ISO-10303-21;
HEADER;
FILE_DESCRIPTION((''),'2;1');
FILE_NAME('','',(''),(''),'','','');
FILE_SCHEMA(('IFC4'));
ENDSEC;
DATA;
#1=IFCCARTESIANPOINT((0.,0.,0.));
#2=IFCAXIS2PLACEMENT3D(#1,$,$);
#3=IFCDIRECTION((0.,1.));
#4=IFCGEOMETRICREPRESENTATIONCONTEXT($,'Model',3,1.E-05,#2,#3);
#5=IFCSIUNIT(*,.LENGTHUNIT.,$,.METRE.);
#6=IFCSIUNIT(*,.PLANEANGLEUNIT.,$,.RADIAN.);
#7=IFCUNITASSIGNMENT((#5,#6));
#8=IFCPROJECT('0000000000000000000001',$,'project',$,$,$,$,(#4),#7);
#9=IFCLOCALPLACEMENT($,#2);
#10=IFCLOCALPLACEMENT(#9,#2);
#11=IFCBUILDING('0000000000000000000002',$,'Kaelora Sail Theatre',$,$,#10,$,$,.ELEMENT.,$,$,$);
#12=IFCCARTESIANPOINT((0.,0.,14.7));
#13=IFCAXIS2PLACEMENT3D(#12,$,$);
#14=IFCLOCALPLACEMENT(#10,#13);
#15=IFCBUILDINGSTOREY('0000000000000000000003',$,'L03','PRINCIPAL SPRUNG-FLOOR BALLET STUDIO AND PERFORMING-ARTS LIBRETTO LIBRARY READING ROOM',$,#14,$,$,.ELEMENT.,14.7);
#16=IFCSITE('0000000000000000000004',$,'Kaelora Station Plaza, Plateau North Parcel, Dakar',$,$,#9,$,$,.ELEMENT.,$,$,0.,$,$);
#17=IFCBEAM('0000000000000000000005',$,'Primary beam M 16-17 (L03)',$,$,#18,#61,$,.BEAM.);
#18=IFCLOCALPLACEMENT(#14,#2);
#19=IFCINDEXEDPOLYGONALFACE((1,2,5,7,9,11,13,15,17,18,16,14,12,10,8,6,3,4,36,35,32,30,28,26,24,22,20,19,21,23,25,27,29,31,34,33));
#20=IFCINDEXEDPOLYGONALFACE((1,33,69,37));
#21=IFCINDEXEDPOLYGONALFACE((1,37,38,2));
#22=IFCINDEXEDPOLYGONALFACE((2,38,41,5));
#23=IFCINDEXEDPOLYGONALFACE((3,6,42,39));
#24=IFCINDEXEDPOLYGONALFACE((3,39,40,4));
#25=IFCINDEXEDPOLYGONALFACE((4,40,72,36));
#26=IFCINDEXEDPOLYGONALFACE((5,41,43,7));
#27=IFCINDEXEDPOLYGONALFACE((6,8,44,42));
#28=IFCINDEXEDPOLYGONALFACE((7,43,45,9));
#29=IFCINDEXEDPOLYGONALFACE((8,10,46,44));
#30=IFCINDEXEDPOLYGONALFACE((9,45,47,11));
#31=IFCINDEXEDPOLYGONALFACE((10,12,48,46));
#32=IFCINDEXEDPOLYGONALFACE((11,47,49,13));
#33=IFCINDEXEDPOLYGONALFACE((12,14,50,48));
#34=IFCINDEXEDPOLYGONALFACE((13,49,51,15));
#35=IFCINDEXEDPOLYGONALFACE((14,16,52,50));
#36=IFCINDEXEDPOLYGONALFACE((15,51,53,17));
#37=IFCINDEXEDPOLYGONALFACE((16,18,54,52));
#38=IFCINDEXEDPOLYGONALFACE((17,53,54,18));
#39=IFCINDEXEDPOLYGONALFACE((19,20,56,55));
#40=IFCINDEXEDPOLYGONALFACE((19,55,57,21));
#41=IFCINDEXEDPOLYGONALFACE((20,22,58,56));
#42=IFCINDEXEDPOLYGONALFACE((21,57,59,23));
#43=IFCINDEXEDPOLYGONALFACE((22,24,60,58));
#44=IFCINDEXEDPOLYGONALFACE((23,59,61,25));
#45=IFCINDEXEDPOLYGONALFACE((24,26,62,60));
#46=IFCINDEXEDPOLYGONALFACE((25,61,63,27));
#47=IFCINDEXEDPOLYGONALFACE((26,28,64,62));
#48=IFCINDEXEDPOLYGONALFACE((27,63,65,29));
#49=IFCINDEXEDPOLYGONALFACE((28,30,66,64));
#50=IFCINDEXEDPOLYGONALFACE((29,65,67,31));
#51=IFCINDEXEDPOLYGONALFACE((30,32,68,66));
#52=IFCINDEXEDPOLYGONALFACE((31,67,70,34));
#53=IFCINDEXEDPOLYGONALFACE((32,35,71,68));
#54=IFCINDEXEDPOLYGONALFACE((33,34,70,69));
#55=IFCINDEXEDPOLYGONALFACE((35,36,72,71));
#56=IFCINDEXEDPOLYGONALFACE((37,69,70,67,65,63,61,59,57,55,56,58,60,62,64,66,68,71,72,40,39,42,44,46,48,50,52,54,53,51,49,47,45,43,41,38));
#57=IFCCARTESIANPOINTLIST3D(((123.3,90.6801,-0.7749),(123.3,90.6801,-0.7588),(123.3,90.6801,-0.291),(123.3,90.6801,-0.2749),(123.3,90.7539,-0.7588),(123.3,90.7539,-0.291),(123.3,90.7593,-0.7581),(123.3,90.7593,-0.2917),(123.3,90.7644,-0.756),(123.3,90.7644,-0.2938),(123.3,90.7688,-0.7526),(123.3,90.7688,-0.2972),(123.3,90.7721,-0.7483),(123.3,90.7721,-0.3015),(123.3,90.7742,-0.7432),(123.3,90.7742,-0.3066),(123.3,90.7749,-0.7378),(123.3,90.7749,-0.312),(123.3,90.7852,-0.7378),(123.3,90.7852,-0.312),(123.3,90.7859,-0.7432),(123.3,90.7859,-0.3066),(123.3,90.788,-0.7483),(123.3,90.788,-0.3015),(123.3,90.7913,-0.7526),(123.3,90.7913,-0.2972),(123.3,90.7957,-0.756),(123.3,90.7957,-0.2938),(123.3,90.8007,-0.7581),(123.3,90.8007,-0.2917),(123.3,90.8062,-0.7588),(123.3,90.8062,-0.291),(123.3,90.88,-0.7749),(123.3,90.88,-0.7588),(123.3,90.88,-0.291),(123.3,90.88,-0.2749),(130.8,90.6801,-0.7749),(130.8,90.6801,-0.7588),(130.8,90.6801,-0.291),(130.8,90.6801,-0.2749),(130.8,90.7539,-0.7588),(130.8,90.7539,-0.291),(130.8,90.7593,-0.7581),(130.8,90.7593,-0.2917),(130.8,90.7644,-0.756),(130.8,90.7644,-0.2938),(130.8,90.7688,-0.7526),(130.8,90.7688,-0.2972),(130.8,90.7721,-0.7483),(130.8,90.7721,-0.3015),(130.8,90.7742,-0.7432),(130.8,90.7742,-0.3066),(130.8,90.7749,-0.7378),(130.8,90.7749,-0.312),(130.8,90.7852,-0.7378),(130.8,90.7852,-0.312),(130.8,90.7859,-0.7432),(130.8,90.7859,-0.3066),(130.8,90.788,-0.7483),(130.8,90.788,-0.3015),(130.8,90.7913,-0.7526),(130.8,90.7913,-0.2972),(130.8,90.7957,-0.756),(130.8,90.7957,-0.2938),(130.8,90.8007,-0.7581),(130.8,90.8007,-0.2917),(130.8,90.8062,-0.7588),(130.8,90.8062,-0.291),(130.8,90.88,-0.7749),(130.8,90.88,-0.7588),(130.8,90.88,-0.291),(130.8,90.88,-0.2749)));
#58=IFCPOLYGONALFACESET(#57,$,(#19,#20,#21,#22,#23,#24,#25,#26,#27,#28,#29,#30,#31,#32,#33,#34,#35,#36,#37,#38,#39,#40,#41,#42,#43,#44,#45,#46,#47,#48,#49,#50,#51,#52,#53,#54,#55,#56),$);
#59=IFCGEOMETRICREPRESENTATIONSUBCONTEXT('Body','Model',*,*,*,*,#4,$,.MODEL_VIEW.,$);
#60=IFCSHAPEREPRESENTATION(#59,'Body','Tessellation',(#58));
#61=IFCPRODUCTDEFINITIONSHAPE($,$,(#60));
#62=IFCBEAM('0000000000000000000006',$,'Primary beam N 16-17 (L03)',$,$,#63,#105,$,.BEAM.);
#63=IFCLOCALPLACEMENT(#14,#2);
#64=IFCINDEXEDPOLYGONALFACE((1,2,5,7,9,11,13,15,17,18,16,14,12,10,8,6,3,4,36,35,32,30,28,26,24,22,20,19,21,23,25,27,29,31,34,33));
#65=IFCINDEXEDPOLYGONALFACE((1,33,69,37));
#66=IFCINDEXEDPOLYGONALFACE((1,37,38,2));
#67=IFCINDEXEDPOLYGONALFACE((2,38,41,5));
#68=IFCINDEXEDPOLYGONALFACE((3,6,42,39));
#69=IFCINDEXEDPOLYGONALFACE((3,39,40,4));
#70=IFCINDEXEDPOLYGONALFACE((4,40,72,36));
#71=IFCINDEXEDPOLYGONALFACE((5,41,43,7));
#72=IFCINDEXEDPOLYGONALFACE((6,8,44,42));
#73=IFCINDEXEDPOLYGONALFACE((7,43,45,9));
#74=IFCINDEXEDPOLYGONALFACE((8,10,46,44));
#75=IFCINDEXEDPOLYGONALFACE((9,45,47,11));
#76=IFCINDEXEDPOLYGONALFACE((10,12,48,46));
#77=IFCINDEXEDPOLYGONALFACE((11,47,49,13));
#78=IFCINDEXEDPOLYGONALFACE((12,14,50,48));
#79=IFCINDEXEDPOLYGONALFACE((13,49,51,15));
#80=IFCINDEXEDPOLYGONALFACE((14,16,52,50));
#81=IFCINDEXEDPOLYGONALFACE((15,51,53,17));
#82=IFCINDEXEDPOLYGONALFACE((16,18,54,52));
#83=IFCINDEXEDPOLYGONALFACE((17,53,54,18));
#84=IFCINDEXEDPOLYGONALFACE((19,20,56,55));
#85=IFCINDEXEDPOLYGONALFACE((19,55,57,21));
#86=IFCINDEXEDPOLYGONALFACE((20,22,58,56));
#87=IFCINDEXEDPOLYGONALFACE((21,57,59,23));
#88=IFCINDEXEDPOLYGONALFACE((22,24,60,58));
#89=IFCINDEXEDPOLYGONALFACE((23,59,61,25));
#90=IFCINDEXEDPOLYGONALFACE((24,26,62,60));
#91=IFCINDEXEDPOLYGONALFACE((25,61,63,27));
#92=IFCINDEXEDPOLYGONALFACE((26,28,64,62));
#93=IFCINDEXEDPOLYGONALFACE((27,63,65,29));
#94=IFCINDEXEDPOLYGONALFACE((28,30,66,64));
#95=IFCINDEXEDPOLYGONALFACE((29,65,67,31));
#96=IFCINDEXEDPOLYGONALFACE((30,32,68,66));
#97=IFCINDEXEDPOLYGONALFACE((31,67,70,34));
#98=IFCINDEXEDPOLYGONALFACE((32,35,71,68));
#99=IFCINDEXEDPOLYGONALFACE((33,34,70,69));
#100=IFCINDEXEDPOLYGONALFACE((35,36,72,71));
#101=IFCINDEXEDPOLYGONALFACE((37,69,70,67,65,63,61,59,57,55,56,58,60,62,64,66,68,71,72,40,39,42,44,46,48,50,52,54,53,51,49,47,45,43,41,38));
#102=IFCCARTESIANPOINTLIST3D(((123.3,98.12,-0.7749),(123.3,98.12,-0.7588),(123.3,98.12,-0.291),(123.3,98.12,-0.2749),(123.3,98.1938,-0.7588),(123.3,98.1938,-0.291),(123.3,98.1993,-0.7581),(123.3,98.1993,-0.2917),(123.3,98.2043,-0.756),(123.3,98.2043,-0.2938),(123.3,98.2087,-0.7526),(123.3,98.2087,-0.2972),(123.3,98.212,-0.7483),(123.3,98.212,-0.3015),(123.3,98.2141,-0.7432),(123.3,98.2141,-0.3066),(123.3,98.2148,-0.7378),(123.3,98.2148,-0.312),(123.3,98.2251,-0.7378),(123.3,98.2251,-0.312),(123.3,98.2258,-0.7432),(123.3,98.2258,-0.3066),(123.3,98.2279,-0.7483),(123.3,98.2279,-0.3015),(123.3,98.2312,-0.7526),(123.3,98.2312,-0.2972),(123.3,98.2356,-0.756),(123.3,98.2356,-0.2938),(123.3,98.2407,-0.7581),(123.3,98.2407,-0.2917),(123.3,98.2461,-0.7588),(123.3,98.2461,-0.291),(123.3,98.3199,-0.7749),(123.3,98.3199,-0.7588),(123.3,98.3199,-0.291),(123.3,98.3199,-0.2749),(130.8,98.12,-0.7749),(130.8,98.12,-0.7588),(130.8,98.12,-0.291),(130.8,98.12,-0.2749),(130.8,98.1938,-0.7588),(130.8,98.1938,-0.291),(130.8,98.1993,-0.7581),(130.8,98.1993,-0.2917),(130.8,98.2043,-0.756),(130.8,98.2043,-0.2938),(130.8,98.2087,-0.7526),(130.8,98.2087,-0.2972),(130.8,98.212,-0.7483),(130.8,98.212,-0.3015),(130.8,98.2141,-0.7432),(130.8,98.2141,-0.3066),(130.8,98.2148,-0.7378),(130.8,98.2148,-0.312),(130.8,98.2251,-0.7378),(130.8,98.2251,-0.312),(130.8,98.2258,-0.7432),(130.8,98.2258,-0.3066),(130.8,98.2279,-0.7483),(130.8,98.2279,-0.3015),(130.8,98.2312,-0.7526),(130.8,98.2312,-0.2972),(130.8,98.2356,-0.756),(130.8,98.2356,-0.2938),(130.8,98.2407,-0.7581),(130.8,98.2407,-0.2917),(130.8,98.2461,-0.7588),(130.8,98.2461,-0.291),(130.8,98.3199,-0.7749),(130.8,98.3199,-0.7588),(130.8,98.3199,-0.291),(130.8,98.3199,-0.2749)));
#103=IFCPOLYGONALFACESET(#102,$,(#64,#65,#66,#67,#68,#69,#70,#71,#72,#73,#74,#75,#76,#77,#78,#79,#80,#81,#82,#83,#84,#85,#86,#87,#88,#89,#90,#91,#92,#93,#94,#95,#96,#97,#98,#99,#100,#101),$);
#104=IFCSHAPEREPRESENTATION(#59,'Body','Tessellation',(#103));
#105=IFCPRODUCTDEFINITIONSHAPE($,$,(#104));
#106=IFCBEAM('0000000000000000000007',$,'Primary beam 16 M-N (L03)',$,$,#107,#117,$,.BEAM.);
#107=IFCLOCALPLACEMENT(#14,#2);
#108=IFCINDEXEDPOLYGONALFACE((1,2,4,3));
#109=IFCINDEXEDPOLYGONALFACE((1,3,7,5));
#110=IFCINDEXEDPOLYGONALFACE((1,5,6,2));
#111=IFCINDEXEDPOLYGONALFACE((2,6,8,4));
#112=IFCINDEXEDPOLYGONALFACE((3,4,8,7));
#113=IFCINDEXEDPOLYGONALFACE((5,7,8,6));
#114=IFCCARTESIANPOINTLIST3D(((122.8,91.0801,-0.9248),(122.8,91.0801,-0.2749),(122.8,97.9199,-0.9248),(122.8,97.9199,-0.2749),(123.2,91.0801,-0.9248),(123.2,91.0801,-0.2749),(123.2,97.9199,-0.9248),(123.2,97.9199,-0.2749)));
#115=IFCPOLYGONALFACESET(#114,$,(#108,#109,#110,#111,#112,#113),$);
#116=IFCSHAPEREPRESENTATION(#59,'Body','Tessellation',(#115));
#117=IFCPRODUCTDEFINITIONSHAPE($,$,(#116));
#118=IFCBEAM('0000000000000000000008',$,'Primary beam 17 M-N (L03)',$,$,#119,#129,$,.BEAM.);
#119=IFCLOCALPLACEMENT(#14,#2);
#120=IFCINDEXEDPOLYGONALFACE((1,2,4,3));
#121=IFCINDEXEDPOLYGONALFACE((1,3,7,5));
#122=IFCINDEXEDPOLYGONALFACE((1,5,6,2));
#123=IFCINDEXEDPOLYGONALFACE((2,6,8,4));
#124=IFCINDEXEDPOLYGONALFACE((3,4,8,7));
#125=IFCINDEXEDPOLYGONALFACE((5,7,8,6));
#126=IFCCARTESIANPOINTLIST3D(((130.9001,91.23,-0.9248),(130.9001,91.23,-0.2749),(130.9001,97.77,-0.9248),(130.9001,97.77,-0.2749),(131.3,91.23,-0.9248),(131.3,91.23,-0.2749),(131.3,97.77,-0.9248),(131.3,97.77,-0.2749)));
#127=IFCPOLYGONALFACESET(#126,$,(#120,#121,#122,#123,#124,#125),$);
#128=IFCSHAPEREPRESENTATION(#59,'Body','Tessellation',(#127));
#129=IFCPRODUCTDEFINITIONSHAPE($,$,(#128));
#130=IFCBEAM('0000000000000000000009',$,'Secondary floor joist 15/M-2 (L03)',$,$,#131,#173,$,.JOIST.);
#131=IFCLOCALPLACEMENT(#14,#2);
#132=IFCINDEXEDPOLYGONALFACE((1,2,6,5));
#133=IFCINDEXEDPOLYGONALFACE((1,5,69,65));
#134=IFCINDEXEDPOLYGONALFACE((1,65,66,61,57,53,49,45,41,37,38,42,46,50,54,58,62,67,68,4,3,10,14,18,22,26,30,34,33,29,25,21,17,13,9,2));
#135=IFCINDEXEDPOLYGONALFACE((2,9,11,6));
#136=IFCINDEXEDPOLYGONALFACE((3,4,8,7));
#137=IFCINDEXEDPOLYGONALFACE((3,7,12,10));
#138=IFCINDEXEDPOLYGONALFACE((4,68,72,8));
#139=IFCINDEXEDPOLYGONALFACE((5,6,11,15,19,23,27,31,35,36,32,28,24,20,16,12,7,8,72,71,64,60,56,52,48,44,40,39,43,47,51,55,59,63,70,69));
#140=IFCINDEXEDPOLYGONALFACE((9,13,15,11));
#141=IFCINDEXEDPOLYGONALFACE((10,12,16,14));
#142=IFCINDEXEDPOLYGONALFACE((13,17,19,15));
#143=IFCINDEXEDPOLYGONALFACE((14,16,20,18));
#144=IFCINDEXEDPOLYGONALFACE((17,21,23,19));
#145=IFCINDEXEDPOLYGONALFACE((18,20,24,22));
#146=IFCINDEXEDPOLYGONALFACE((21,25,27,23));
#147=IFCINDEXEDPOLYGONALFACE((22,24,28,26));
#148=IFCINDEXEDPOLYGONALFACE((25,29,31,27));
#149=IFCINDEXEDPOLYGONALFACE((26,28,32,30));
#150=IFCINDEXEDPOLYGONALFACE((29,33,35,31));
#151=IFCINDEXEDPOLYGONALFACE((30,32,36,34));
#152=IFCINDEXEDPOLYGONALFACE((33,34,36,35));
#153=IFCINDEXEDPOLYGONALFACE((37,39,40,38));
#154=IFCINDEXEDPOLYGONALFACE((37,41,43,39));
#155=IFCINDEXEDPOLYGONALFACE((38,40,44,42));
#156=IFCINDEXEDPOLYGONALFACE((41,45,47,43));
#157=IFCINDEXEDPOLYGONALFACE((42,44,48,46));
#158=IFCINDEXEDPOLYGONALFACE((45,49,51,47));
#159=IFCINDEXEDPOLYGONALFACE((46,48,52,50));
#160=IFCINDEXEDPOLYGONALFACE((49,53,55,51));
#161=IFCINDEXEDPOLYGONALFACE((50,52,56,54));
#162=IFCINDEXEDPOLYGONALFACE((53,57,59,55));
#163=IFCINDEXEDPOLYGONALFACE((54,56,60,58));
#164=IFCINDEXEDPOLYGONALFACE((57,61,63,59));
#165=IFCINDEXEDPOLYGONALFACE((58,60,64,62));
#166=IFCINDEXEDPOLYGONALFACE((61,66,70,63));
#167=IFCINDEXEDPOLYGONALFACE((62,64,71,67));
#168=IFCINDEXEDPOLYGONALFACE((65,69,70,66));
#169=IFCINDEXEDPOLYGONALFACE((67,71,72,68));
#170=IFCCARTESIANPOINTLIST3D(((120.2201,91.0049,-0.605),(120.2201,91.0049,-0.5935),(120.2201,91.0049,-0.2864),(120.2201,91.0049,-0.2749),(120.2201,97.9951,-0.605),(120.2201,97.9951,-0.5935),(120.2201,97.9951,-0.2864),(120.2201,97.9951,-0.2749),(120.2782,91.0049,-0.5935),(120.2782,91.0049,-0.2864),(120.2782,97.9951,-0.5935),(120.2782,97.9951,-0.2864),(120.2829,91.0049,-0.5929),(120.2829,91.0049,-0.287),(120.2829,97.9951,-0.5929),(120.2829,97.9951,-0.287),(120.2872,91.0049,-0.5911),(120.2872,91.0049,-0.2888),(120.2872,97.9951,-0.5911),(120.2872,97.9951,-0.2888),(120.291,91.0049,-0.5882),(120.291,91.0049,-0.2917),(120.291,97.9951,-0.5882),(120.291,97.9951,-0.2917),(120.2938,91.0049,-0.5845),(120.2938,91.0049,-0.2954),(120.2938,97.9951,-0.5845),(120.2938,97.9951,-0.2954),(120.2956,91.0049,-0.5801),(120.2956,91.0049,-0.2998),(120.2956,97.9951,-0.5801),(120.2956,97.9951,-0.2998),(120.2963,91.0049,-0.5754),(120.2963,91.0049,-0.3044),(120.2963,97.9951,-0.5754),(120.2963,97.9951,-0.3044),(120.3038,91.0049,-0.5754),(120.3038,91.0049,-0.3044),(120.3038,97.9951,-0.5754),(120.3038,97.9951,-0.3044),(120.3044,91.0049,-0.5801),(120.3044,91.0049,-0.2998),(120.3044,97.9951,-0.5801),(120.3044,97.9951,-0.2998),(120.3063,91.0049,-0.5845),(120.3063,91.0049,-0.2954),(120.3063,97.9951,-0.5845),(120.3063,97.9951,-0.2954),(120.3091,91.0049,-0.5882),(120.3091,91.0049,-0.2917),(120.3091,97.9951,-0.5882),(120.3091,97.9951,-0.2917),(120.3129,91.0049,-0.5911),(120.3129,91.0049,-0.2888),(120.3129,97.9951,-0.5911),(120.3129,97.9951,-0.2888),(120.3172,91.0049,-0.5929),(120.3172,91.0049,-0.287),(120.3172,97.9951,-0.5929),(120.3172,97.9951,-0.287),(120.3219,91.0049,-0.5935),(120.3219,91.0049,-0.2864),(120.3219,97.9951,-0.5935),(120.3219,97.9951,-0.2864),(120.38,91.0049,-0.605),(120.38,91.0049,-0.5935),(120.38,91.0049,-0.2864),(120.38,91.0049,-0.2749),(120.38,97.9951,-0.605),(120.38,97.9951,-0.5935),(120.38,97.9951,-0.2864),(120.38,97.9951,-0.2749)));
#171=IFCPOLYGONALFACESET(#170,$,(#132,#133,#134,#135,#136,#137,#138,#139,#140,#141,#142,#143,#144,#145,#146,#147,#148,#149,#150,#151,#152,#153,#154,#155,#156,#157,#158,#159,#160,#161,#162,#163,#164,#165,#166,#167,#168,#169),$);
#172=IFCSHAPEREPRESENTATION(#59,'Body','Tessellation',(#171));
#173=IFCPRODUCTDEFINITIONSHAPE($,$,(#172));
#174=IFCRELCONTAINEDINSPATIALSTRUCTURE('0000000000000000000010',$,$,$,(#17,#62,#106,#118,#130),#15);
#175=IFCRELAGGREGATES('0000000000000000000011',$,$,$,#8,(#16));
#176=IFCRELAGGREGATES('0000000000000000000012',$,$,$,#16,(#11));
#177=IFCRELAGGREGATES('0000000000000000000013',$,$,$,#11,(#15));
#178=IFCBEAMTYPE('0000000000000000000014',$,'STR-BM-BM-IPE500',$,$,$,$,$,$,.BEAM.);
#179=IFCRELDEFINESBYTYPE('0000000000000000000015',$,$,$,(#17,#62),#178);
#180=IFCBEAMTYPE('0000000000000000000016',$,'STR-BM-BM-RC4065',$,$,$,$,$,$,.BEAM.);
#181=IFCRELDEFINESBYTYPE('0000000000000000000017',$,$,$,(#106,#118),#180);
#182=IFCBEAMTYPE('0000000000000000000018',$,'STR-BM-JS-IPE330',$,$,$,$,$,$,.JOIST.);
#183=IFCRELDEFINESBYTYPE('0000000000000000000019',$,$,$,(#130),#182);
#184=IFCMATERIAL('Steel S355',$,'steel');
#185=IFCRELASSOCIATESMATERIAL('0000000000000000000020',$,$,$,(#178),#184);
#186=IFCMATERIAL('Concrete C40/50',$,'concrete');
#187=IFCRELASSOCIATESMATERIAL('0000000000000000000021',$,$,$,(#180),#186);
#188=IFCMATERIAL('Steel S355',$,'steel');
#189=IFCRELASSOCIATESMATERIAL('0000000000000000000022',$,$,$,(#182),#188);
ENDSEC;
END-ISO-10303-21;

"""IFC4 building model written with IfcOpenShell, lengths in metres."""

from ifc_helpers import new_model, si_unit, direction, frame, origin, origin_2d, place, context, subcontext, project, spatial, rectangle, i_section, extrude, material, material_profile, profile_set, type_object, element, save


model = new_model("IFC4")

# Units and contexts
model_context = context("Model", 3, precision=1e-05, world=origin(), true_north=direction((0.0, 1.0)))
body_context = subcontext(model_context, "Body", "Model", "MODEL_VIEW")
ifc_project = project(units=[si_unit("LENGTHUNIT", "METRE"), si_unit("PLANEANGLEUNIT", "RADIAN")], contexts=[model_context])

# Site, building, storey
site_placement = place(None, origin())
site = spatial("IfcSite", under=ifc_project, at=site_placement, Name="Kaelora Station Plaza, Plateau North Parcel, Dakar", CompositionType="ELEMENT", RefElevation=0.0)
building_placement = place(site_placement, origin())
building = spatial("IfcBuilding", under=site, at=building_placement, Name="Kaelora Sail Theatre", CompositionType="ELEMENT")
storey_placement = place(building_placement, frame((0.0, 0.0, 14.7)))
storey = spatial("IfcBuildingStorey", under=building, at=storey_placement, Name="L03", Description="PRINCIPAL SPRUNG-FLOOR BALLET STUDIO AND PERFORMING-ARTS LIBRETTO LIBRARY READING ROOM", CompositionType="ELEMENT", Elevation=14.7)

# Beams
ifc_material_1 = material(Name="Steel S355", Category="steel")
ifc_material_profile_1 = material_profile(ifc_material_1, i_section(OverallWidth=0.2, OverallDepth=0.5, WebThickness=0.0103, FlangeThickness=0.0161, FilletRadius=0.021, at=origin_2d()), Name="IPE 500")
ifc_profile_set_1 = profile_set([ifc_material_profile_1], Name="Steel S355")
beam_type_1 = type_object("IfcBeamType", Name="STR-BM-BM-IPE500", PredefinedType="BEAM", material=ifc_profile_set_1)
for number, where, z_axis, x_axis, name in (
    (1, (123.3, 90.78, -0.5249), (1.0, 0.0, 0.0), (0.0, 1.0, 0.0), "Primary beam M 16-17 (L03)"),
    (2, (123.3, 98.22, -0.5249), (1.0, 0.0, 0.0), (0.0, 1.0, 0.0), "Primary beam N 16-17 (L03)"),
):
    element("IfcBeam", number, at=place(storey_placement, frame(where, z_axis=z_axis, x_axis=x_axis)), inside=storey, type_object=beam_type_1, Name=name, PredefinedType="BEAM", context=body_context, shape_type="SweptSolid", body=[
        extrude(i_section(OverallWidth=0.2, OverallDepth=0.5, WebThickness=0.0103, FlangeThickness=0.0161, FilletRadius=0.021, at=origin_2d()), origin(), (0.0, 0.0, 1.0), 7.5),
    ])
ifc_material_2 = material(Name="Concrete C40/50", Category="concrete")
ifc_material_profile_2 = material_profile(ifc_material_2, rectangle(XDim=0.3999, YDim=0.6499, at=origin_2d()), Name="RC-BM 400x650")
ifc_profile_set_2 = profile_set([ifc_material_profile_2], Name="Concrete C40/50")
beam_type_2 = type_object("IfcBeamType", Name="STR-BM-BM-RC4065", PredefinedType="BEAM", material=ifc_profile_set_2)
beam_1_placement = place(storey_placement, frame((123.0, 91.0801, -0.5999), z_axis=(0.0, 1.0, 0.0), x_axis=(-1.0, 0.0, 0.0)))
element("IfcBeam", 3, at=beam_1_placement, inside=storey, type_object=beam_type_2, Name="Primary beam 16 M-N (L03)", PredefinedType="BEAM", context=body_context, shape_type="SweptSolid", body=[
    extrude(rectangle(XDim=0.3999, YDim=0.6499, at=origin_2d()), origin(), (0.0, 0.0, 1.0), 6.8398),
])
beam_2_placement = place(storey_placement, frame((131.1001, 91.23, -0.5999), z_axis=(0.0, 1.0, 0.0), x_axis=(-1.0, 0.0, 0.0)))
element("IfcBeam", 4, at=beam_2_placement, inside=storey, type_object=beam_type_2, Name="Primary beam 17 M-N (L03)", PredefinedType="BEAM", context=body_context, shape_type="SweptSolid", body=[
    extrude(rectangle(XDim=0.3999, YDim=0.6499, at=origin_2d()), origin(), (0.0, 0.0, 1.0), 6.54),
])
ifc_material_3 = material(Name="Steel S355", Category="steel")
ifc_material_profile_3 = material_profile(ifc_material_3, i_section(OverallWidth=0.1599, OverallDepth=0.3301, WebThickness=0.0076, FlangeThickness=0.0115, FilletRadius=0.0181, at=origin_2d()), Name="IPE 330")
ifc_profile_set_3 = profile_set([ifc_material_profile_3], Name="Steel S355")
beam_type_3 = type_object("IfcBeamType", Name="STR-BM-JS-IPE330", PredefinedType="JOIST", material=ifc_profile_set_3)
beam_3_placement = place(storey_placement, frame((120.3, 91.0049, -0.4399), z_axis=(0.0, 1.0, 0.0), x_axis=(-1.0, 0.0, 0.0)))
element("IfcBeam", 5, at=beam_3_placement, inside=storey, type_object=beam_type_3, Name="Secondary floor joist 15/M-2 (L03)", PredefinedType="JOIST", context=body_context, shape_type="SweptSolid", body=[
    extrude(i_section(OverallWidth=0.1599, OverallDepth=0.3301, WebThickness=0.0076, FlangeThickness=0.0115, FilletRadius=0.0181, at=origin_2d()), origin(), (0.0, 0.0, 1.0), 6.9902),
])

save(model, "model.ifc")
